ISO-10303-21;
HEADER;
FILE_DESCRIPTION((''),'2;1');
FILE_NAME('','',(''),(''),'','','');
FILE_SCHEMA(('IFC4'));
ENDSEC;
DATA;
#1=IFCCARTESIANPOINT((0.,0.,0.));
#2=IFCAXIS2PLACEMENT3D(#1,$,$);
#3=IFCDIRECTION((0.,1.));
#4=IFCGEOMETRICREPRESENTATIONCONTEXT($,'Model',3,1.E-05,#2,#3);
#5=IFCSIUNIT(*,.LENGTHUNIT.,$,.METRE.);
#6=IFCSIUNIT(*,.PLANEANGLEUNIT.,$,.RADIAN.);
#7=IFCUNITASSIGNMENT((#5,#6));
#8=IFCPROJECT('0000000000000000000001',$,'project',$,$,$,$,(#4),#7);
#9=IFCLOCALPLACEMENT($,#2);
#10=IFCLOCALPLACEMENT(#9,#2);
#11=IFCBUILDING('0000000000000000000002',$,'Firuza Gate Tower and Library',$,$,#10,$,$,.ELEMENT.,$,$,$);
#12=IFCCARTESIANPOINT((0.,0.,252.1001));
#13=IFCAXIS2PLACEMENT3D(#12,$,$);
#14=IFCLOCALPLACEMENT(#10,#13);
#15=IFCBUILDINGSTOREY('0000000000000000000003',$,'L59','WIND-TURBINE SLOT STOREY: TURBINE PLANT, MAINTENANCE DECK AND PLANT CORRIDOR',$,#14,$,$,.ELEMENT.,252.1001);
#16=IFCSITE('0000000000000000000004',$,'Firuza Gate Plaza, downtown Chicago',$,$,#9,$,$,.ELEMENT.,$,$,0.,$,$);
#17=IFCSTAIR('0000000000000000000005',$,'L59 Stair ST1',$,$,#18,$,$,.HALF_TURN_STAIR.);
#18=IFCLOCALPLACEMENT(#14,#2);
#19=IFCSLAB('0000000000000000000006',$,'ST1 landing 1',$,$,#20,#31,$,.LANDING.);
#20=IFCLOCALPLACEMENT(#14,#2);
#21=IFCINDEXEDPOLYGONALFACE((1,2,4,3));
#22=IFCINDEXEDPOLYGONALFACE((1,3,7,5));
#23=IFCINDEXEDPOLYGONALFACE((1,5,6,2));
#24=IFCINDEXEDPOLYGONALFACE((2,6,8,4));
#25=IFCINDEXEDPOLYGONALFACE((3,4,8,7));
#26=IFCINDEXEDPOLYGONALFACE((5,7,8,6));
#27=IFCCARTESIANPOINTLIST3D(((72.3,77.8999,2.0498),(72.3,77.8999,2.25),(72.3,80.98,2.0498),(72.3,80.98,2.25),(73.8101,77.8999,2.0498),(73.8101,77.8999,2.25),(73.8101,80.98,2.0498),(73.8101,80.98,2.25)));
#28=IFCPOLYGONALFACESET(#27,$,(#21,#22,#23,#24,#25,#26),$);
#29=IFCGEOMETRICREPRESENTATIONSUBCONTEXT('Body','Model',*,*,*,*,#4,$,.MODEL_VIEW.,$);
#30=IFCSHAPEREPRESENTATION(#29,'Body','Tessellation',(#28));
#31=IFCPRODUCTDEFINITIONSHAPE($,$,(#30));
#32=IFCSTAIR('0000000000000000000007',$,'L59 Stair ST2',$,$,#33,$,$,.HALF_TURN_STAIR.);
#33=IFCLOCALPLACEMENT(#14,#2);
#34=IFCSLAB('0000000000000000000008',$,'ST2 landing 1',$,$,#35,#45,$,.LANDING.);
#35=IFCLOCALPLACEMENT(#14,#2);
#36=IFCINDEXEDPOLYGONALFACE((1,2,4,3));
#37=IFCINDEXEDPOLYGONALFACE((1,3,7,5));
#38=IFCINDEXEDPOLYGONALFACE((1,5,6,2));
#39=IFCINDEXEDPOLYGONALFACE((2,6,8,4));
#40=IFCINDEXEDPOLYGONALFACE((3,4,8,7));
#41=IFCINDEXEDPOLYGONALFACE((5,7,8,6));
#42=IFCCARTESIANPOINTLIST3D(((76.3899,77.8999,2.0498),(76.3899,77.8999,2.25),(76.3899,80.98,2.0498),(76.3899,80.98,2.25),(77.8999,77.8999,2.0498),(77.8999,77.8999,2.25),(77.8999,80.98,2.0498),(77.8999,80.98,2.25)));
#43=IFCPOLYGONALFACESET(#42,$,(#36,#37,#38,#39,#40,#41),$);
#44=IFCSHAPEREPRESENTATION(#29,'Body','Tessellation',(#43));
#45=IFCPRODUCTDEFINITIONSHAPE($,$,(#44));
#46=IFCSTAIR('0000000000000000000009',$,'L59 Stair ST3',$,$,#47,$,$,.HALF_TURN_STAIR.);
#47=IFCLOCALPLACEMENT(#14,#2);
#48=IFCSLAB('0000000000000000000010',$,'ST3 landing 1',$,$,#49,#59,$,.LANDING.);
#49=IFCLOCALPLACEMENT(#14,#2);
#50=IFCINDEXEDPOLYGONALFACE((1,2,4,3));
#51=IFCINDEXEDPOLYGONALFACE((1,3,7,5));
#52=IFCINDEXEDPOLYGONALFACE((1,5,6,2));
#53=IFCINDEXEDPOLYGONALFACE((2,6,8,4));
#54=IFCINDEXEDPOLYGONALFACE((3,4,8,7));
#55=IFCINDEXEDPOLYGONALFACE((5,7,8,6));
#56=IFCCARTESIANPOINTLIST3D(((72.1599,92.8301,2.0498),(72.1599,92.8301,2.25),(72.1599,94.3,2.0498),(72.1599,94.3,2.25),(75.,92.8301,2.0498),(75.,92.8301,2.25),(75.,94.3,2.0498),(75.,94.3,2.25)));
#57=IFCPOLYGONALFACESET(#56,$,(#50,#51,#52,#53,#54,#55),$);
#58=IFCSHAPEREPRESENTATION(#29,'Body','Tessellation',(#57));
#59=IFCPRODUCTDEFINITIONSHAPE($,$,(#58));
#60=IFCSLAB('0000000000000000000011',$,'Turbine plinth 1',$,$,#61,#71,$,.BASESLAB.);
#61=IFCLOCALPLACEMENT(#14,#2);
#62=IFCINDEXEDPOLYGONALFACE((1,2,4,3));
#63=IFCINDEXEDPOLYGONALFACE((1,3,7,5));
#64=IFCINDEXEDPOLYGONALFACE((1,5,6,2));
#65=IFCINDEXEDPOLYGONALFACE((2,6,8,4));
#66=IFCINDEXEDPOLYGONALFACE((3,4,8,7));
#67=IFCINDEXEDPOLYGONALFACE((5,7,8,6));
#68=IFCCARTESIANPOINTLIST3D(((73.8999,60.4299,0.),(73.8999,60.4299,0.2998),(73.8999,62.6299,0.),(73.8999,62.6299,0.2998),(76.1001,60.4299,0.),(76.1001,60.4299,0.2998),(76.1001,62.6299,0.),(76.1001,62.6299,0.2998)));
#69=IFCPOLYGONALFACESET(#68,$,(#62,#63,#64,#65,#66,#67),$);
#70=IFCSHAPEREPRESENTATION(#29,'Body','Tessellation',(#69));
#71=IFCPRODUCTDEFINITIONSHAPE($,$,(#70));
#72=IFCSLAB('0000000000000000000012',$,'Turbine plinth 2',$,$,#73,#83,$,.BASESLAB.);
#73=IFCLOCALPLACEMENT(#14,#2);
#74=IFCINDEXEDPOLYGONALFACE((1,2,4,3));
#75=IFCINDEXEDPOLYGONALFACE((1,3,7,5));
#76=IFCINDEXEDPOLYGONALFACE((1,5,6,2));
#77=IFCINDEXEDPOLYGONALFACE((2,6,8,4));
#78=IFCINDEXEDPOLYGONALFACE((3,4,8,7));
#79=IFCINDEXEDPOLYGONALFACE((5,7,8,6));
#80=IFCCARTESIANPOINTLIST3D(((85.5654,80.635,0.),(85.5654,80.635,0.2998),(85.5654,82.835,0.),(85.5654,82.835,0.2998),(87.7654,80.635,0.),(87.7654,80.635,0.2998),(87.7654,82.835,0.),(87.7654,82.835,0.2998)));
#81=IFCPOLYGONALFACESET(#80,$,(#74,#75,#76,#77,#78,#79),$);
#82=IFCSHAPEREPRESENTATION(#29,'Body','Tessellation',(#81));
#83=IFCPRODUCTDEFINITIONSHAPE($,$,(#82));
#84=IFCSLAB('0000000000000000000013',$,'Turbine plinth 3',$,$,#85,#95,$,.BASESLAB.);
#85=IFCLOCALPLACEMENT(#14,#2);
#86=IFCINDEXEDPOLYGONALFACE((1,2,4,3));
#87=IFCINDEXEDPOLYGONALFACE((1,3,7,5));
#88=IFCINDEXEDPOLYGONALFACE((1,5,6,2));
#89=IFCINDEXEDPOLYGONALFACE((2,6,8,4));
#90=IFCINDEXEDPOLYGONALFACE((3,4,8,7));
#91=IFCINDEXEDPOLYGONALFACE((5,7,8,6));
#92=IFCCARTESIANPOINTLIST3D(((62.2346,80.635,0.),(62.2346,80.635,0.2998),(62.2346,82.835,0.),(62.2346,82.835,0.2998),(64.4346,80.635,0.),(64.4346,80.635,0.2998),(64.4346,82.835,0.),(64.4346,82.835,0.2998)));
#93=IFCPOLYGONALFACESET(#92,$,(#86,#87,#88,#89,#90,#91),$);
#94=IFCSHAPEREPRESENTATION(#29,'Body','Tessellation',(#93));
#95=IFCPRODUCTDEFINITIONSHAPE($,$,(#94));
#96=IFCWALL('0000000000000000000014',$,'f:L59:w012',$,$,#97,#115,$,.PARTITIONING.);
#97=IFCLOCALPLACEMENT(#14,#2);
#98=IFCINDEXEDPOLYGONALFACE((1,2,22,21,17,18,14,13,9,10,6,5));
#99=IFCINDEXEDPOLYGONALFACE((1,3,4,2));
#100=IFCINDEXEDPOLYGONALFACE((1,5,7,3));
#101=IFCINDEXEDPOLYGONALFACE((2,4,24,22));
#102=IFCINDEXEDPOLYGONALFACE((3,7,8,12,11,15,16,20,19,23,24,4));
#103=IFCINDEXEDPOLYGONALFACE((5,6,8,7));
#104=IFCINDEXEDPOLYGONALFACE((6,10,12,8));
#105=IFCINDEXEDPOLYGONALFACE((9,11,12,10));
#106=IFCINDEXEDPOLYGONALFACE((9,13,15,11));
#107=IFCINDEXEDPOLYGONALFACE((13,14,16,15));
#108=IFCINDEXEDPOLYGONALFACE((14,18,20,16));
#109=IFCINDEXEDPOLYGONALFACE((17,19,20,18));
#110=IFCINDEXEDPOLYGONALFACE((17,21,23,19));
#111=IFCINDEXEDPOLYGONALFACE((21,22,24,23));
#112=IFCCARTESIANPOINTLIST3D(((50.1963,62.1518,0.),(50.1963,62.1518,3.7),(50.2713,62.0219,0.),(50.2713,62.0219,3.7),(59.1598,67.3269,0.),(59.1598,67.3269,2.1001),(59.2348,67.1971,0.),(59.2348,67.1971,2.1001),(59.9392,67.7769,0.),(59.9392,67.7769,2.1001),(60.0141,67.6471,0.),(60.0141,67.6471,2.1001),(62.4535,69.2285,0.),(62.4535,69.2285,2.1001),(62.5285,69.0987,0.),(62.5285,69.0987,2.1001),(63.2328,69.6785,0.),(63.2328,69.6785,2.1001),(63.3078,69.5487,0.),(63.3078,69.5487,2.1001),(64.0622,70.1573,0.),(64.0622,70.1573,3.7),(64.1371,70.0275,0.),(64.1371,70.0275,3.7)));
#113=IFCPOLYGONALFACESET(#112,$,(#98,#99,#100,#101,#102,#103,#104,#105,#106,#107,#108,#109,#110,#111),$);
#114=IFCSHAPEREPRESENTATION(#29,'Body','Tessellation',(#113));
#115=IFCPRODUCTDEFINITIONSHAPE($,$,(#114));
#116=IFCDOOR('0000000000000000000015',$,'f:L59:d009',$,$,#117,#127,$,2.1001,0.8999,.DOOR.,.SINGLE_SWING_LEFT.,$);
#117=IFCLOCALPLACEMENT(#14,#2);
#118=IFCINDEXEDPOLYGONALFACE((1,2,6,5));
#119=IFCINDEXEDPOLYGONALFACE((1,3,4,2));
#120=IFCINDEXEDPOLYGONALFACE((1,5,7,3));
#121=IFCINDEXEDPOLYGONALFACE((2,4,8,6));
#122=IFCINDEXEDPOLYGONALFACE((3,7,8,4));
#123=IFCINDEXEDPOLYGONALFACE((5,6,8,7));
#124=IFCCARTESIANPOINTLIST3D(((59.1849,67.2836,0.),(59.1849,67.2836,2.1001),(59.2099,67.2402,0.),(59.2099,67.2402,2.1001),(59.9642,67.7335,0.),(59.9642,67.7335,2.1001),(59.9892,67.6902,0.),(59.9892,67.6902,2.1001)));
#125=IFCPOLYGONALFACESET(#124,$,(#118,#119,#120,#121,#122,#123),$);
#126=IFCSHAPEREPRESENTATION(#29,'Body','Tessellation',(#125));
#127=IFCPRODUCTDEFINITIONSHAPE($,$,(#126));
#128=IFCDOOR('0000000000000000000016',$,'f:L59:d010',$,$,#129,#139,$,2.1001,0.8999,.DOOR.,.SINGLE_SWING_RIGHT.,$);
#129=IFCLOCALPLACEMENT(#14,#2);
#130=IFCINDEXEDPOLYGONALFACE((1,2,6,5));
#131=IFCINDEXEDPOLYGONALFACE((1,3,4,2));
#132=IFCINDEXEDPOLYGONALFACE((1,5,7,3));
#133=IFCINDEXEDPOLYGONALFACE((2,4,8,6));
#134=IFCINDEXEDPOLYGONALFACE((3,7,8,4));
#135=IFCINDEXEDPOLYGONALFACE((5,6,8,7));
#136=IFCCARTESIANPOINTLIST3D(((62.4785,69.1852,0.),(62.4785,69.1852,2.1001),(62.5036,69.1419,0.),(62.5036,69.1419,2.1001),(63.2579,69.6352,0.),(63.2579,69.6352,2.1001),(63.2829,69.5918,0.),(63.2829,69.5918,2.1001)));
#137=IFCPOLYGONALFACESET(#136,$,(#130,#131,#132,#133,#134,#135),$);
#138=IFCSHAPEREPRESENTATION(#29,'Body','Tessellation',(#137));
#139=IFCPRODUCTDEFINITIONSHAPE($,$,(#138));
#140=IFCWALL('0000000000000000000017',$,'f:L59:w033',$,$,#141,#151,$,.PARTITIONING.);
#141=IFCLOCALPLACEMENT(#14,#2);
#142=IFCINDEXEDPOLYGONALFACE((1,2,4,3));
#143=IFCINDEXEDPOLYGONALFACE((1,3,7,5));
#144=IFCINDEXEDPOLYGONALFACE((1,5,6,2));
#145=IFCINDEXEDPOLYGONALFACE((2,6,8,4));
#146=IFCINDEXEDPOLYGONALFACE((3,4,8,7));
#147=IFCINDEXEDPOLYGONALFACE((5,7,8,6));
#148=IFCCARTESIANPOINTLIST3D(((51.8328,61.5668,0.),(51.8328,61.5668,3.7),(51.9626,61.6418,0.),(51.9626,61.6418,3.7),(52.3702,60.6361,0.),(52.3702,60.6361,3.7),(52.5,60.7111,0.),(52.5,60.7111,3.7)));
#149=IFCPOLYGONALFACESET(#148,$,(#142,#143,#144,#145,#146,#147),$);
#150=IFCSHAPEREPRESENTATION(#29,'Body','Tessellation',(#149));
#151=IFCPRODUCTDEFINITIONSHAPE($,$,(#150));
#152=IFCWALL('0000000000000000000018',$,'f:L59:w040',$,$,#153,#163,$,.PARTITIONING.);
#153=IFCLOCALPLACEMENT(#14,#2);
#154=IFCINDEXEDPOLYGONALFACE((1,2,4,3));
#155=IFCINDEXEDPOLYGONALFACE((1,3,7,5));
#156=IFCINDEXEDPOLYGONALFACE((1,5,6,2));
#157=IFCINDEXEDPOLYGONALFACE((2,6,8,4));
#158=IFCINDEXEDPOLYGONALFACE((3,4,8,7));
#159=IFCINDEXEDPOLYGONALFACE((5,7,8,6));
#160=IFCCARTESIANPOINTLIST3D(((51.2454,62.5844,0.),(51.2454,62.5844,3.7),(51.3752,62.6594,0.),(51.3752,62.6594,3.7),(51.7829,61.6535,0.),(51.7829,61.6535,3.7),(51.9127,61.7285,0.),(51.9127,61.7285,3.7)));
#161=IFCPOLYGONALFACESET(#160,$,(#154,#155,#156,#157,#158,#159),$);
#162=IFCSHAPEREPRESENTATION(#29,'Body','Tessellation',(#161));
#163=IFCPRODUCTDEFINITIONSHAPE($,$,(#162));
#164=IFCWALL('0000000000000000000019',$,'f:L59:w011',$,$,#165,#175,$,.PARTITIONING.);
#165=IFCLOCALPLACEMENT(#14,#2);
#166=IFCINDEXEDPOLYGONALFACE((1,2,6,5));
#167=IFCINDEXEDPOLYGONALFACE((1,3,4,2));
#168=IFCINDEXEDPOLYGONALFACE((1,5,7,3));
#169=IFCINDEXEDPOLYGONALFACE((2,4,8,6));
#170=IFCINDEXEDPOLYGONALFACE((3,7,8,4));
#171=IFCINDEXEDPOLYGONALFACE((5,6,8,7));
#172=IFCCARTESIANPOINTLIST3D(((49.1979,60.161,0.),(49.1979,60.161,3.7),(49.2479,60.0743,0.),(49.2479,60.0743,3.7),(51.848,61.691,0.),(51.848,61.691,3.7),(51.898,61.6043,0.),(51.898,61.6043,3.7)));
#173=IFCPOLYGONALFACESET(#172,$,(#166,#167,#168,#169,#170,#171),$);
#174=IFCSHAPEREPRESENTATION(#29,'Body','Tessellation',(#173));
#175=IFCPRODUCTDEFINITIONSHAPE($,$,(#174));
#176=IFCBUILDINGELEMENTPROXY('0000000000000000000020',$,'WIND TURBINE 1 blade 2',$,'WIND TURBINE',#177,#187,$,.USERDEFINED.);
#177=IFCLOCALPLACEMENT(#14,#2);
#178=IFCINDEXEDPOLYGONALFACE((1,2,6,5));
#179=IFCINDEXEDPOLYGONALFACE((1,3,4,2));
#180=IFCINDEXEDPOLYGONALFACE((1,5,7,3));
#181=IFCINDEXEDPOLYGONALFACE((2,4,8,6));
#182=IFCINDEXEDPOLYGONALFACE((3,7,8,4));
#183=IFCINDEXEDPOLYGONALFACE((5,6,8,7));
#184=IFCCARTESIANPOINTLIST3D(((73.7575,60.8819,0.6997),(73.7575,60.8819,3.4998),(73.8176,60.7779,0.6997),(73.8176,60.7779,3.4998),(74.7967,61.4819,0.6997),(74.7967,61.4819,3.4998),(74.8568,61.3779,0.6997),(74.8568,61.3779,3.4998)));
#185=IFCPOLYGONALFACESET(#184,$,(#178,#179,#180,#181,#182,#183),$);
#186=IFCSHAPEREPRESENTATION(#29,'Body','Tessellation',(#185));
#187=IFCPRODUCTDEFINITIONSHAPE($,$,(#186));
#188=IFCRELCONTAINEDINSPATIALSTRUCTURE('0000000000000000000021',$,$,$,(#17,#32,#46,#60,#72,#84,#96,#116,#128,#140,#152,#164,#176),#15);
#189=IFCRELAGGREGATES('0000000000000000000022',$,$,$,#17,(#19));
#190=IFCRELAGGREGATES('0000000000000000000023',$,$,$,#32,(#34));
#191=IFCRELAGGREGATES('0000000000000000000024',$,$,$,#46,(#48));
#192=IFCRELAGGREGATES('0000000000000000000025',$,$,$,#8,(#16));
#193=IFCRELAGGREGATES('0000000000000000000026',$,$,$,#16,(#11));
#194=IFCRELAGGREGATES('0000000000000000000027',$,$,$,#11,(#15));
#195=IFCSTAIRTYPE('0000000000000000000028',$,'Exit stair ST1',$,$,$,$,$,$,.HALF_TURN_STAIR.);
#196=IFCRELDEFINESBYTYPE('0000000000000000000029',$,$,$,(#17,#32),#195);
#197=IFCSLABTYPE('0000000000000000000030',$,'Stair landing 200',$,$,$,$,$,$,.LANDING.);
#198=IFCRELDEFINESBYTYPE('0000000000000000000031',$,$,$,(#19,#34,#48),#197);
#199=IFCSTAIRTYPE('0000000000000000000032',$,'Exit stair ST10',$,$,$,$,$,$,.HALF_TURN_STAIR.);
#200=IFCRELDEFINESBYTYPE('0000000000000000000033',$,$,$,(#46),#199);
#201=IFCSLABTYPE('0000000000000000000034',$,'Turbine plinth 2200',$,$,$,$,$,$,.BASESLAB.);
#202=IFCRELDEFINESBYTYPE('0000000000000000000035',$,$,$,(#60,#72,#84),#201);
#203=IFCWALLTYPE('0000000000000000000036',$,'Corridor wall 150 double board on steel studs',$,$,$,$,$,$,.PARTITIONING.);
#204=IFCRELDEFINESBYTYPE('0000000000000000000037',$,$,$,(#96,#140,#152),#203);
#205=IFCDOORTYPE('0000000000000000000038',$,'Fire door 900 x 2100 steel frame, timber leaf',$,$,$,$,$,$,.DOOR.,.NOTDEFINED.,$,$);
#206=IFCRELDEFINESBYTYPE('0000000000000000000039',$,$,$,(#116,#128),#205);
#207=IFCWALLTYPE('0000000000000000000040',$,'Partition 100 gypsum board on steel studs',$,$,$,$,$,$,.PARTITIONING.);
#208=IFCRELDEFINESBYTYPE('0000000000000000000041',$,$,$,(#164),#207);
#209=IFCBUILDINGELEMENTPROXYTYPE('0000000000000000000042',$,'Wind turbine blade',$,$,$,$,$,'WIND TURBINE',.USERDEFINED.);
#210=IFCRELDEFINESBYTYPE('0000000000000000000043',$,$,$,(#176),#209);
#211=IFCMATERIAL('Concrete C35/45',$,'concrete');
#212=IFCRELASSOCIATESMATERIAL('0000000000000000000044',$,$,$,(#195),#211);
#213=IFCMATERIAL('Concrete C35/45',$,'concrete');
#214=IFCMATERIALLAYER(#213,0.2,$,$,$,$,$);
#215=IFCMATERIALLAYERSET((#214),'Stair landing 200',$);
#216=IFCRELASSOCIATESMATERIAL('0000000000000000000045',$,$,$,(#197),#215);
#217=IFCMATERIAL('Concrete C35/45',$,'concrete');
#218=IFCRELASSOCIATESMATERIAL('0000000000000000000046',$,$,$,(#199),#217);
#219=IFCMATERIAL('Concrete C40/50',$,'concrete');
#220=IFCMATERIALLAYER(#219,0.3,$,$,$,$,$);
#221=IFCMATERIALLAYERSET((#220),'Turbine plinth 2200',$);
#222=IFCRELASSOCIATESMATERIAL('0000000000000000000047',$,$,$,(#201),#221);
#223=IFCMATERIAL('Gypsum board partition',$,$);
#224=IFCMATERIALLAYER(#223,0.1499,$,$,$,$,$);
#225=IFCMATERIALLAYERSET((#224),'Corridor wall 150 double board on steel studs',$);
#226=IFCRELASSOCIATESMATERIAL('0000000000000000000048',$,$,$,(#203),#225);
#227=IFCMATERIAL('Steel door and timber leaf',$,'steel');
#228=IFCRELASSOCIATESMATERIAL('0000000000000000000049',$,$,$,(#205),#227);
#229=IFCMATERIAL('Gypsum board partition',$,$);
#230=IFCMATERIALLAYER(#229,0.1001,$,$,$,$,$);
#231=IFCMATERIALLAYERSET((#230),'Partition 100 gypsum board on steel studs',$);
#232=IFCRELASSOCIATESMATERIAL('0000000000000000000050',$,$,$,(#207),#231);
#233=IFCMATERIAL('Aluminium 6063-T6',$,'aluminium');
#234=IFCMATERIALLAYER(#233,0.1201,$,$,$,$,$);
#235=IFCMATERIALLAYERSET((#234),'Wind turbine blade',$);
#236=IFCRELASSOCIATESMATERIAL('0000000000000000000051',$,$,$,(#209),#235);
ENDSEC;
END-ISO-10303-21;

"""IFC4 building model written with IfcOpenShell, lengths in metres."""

from ifc_helpers import new_model, si_unit, direction, frame, frame_2d, origin, origin_2d, place, context, subcontext, project, spatial, polyline, rectangle, outline, extrude, material, layer, layer_set, type_object, element, fill, aggregate, save


model = new_model("IFC4")

# Units and contexts
model_context = context("Model", 3, precision=1e-05, world=origin(), true_north=direction((0.0, 1.0)))
body_context = subcontext(model_context, "Body", "Model", "MODEL_VIEW")
ifc_project = project(units=[si_unit("LENGTHUNIT", "METRE"), si_unit("PLANEANGLEUNIT", "RADIAN")], contexts=[model_context])

# Site, building, storey
site_placement = place(None, origin())
site = spatial("IfcSite", under=ifc_project, at=site_placement, Name="Firuza Gate Plaza, downtown Chicago", CompositionType="ELEMENT", RefElevation=0.0)
building_placement = place(site_placement, origin())
building = spatial("IfcBuilding", under=site, at=building_placement, Name="Firuza Gate Tower and Library", CompositionType="ELEMENT")
storey_placement = place(building_placement, frame((0.0, 0.0, 252.1001)))
storey = spatial("IfcBuildingStorey", under=building, at=storey_placement, Name="L59", Description="WIND-TURBINE SLOT STOREY: TURBINE PLANT, MAINTENANCE DECK AND PLANT CORRIDOR", CompositionType="ELEMENT", Elevation=252.1001)

# Stairs, slabs
ifc_material_1 = material(Name="Concrete C35/45", Category="concrete")
stair_type_1 = type_object("IfcStairType", Name="Exit stair ST1", PredefinedType="HALF_TURN_STAIR", material=ifc_material_1)
placement_1 = place(storey_placement, origin())
stair_1 = element("IfcStair", 1, at=placement_1, inside=storey, type_object=stair_type_1, Name="L59 Stair ST1", PredefinedType="HALF_TURN_STAIR")
ifc_material_2 = material(Name="Concrete C35/45", Category="concrete")
ifc_layer_1 = layer(ifc_material_2, 0.2)
ifc_layer_set_1 = layer_set([ifc_layer_1], Name="Stair landing 200")
slab_type_1 = type_object("IfcSlabType", Name="Stair landing 200", PredefinedType="LANDING", material=ifc_layer_set_1)
placement_2 = place(storey_placement, frame((0.0, 0.0, 2.0498)))
slab_1 = element("IfcSlab", 2, at=placement_2, type_object=slab_type_1, Name="ST1 landing 1", PredefinedType="LANDING", context=body_context, shape_type="SweptSolid", body=[
    extrude(outline(polyline([(72.3, 77.8999), (73.8101, 77.8999), (73.8101, 80.98), (72.3, 80.98), (72.3, 77.8999)])), origin(), (0.0, 0.0, 1.0), 0.2002),
])
aggregate(stair_1, [slab_1])
stair_2 = element("IfcStair", 3, at=placement_1, inside=storey, type_object=stair_type_1, Name="L59 Stair ST2", PredefinedType="HALF_TURN_STAIR")
slab_2 = element("IfcSlab", 4, at=placement_2, type_object=slab_type_1, Name="ST2 landing 1", PredefinedType="LANDING", context=body_context, shape_type="SweptSolid", body=[
    extrude(outline(polyline([(77.8999, 80.98), (76.3899, 80.98), (76.3899, 77.8999), (77.8999, 77.8999), (77.8999, 80.98)])), origin(), (0.0, 0.0, 1.0), 0.2002),
])
aggregate(stair_2, [slab_2])
ifc_material_3 = material(Name="Concrete C35/45", Category="concrete")
stair_type_2 = type_object("IfcStairType", Name="Exit stair ST10", PredefinedType="HALF_TURN_STAIR", material=ifc_material_3)
stair_3 = element("IfcStair", 5, at=placement_1, inside=storey, type_object=stair_type_2, Name="L59 Stair ST3", PredefinedType="HALF_TURN_STAIR")
slab_3 = element("IfcSlab", 6, at=placement_2, type_object=slab_type_1, Name="ST3 landing 1", PredefinedType="LANDING", context=body_context, shape_type="SweptSolid", body=[
    extrude(outline(polyline([(75.0, 92.8301), (75.0, 94.3), (72.1599, 94.3), (72.1599, 92.8301), (75.0, 92.8301)])), origin(), (0.0, 0.0, 1.0), 0.2002),
])
aggregate(stair_3, [slab_3])

# Slabs
ifc_material_4 = material(Name="Concrete C40/50", Category="concrete")
ifc_layer_2 = layer(ifc_material_4, 0.3)
ifc_layer_set_2 = layer_set([ifc_layer_2], Name="Turbine plinth 2200")
slab_type_2 = type_object("IfcSlabType", Name="Turbine plinth 2200", PredefinedType="BASESLAB", material=ifc_layer_set_2)
element("IfcSlab", 7, at=placement_1, inside=storey, type_object=slab_type_2, Name="Turbine plinth 1", PredefinedType="BASESLAB", context=body_context, shape_type="SweptSolid", body=[
    extrude(outline(polyline([(73.8999, 60.4299), (76.1001, 60.4299), (76.1001, 62.6299), (73.8999, 62.6299), (73.8999, 60.4299)])), origin(), (0.0, 0.0, 1.0), 0.2998),
])
element("IfcSlab", 8, at=placement_1, inside=storey, type_object=slab_type_2, Name="Turbine plinth 2", PredefinedType="BASESLAB", context=body_context, shape_type="SweptSolid", body=[
    extrude(outline(polyline([(85.5654, 80.635), (87.7654, 80.635), (87.7654, 82.835), (85.5654, 82.835), (85.5654, 80.635)])), origin(), (0.0, 0.0, 1.0), 0.2998),
])
element("IfcSlab", 9, at=placement_1, inside=storey, type_object=slab_type_2, Name="Turbine plinth 3", PredefinedType="BASESLAB", context=body_context, shape_type="SweptSolid", body=[
    extrude(outline(polyline([(62.2346, 80.635), (64.4346, 80.635), (64.4346, 82.835), (62.2346, 82.835), (62.2346, 80.635)])), origin(), (0.0, 0.0, 1.0), 0.2998),
])

# Wall, openings, doors
ifc_material_5 = material(Name="Gypsum board partition")
ifc_layer_3 = layer(ifc_material_5, 0.1499)
ifc_layer_set_3 = layer_set([ifc_layer_3], Name="Corridor wall 150 double board on steel studs")
wall_type_1 = type_object("IfcWallType", Name="Corridor wall 150 double board on steel studs", PredefinedType="PARTITIONING", material=ifc_layer_set_3)
wall_1_placement = place(storey_placement, frame((50.2339, 62.0869, 0.0), z_axis=(0.0, 0.0, 1.0), x_axis=(0.866023, 0.500004, 0.0)))
wall_1 = element("IfcWall", 10, at=wall_1_placement, inside=storey, type_object=wall_type_1, Name="f:L59:w012", PredefinedType="PARTITIONING", context=body_context, shape_type="SweptSolid", body=[
    extrude(rectangle(XDim=16.011, YDim=0.1499, at=frame_2d((8.0054, 0.0))), origin(), (0.0, 0.0, 1.0), 3.7),
])
opening_1_placement = place(wall_1_placement, frame((10.3501, 0.0, 0.0)))
opening_1 = element("IfcOpeningElement", 11, at=opening_1_placement, cuts=wall_1, PredefinedType="OPENING", context=body_context, shape_type="SweptSolid", body=[
    extrude(rectangle(XDim=0.8999, YDim=2.1001, at=frame_2d((0.45, 1.05))), frame((0.0, 0.085, 0.0), z_axis=(0.0, -1.0, 0.0), x_axis=(1.0, 0.0, 0.0)), (0.0, 0.0, 1.0), 0.1699),
])
opening_2_placement = place(wall_1_placement, frame((14.1533, 0.0, 0.0)))
opening_2 = element("IfcOpeningElement", 12, at=opening_2_placement, cuts=wall_1, PredefinedType="OPENING", context=body_context, shape_type="SweptSolid", body=[
    extrude(rectangle(XDim=0.8999, YDim=2.1001, at=frame_2d((0.45, 1.05))), frame((0.0, 0.085, 0.0), z_axis=(0.0, -1.0, 0.0), x_axis=(1.0, 0.0, 0.0)), (0.0, 0.0, 1.0), 0.1699),
])
ifc_material_6 = material(Name="Steel door and timber leaf", Category="steel")
door_type = type_object("IfcDoorType", Name="Fire door 900 x 2100 steel frame, timber leaf", OperationType="NOTDEFINED", PredefinedType="DOOR", material=ifc_material_6)
door_1_placement = place(opening_1_placement, origin())
door_1 = element("IfcDoor", 13, at=door_1_placement, inside=storey, type_object=door_type, Name="f:L59:d009", OperationType="SINGLE_SWING_LEFT", OverallHeight=2.1001, OverallWidth=0.8999, PredefinedType="DOOR", context=body_context, shape_type="SweptSolid", body=[
    extrude(rectangle(XDim=0.8999, YDim=2.1001, at=frame_2d((0.45, 1.05))), frame((0.0, 0.0249, 0.0), z_axis=(0.0, -1.0, 0.0), x_axis=(1.0, 0.0, 0.0)), (0.0, 0.0, 1.0), 0.05),
])
fill(opening_1, door_1)
door_2_placement = place(opening_2_placement, origin())
door_2 = element("IfcDoor", 14, at=door_2_placement, inside=storey, type_object=door_type, Name="f:L59:d010", OperationType="SINGLE_SWING_RIGHT", OverallHeight=2.1001, OverallWidth=0.8999, PredefinedType="DOOR", context=body_context, shape_type="SweptSolid", body=[
    extrude(rectangle(XDim=0.8999, YDim=2.1001, at=frame_2d((0.45, 1.05))), frame((0.0, 0.0249, 0.0), z_axis=(0.0, -1.0, 0.0), x_axis=(1.0, 0.0, 0.0)), (0.0, 0.0, 1.0), 0.05),
])
fill(opening_2, door_2)

# Walls
wall_2_placement = place(storey_placement, frame((52.4351, 60.6736, 0.0), z_axis=(0.0, 0.0, 1.0), x_axis=(-0.500024, 0.866012, 0.0)))
element("IfcWall", 15, at=wall_2_placement, inside=storey, type_object=wall_type_1, Name="f:L59:w033", PredefinedType="PARTITIONING", context=body_context, shape_type="SweptSolid", body=[
    extrude(rectangle(XDim=1.0747, YDim=0.1499, at=frame_2d((0.5374, 0.0))), origin(), (0.0, 0.0, 1.0), 3.7),
])
wall_3_placement = place(storey_placement, frame((51.8479, 61.6909, 0.0), z_axis=(0.0, 0.0, 1.0), x_axis=(-0.500096, 0.86597, 0.0)))
element("IfcWall", 16, at=wall_3_placement, inside=storey, type_object=wall_type_1, Name="f:L59:w040", PredefinedType="PARTITIONING", context=body_context, shape_type="SweptSolid", body=[
    extrude(rectangle(XDim=1.075, YDim=0.1499, at=frame_2d((0.5376, 0.0))), origin(), (0.0, 0.0, 1.0), 3.7),
])
ifc_material_7 = material(Name="Gypsum board partition")
ifc_layer_4 = layer(ifc_material_7, 0.1001)
ifc_layer_set_4 = layer_set([ifc_layer_4], Name="Partition 100 gypsum board on steel studs")
wall_type_2 = type_object("IfcWallType", Name="Partition 100 gypsum board on steel studs", PredefinedType="PARTITIONING", material=ifc_layer_set_4)
wall_4_placement = place(storey_placement, frame((49.2229, 60.1177, 0.0), z_axis=(0.0, 0.0, 1.0), x_axis=(0.86603, 0.499992, 0.0)))
element("IfcWall", 17, at=wall_4_placement, inside=storey, type_object=wall_type_2, Name="f:L59:w011", PredefinedType="PARTITIONING", context=body_context, shape_type="SweptSolid", body=[
    extrude(rectangle(XDim=3.0601, YDim=0.1001, at=frame_2d((1.53, 0.0))), origin(), (0.0, 0.0, 1.0), 3.7),
])

# Building element proxy
ifc_material_8 = material(Name="Aluminium 6063-T6", Category="aluminium")
ifc_layer_5 = layer(ifc_material_8, 0.1201)
ifc_layer_set_5 = layer_set([ifc_layer_5], Name="Wind turbine blade")
building_element_proxy_type = type_object("IfcBuildingElementProxyType", Name="Wind turbine blade", ElementType="WIND TURBINE", PredefinedType="USERDEFINED", material=ifc_layer_set_5)
proxy_placement = place(storey_placement, frame((74.3071, 61.1299, 0.6997), z_axis=(0.0, 0.0, 1.0), x_axis=(-0.866025, -0.5, 0.0)))
element("IfcBuildingElementProxy", 18, at=proxy_placement, inside=storey, type_object=building_element_proxy_type, Name="WIND TURBINE 1 blade 2", ObjectType="WIND TURBINE", PredefinedType="USERDEFINED", context=body_context, shape_type="SweptSolid", body=[
    extrude(rectangle(XDim=1.2, YDim=0.1201, at=origin_2d()), origin(), (0.0, 0.0, 1.0), 2.8),
])

save(model, "model.ifc")
